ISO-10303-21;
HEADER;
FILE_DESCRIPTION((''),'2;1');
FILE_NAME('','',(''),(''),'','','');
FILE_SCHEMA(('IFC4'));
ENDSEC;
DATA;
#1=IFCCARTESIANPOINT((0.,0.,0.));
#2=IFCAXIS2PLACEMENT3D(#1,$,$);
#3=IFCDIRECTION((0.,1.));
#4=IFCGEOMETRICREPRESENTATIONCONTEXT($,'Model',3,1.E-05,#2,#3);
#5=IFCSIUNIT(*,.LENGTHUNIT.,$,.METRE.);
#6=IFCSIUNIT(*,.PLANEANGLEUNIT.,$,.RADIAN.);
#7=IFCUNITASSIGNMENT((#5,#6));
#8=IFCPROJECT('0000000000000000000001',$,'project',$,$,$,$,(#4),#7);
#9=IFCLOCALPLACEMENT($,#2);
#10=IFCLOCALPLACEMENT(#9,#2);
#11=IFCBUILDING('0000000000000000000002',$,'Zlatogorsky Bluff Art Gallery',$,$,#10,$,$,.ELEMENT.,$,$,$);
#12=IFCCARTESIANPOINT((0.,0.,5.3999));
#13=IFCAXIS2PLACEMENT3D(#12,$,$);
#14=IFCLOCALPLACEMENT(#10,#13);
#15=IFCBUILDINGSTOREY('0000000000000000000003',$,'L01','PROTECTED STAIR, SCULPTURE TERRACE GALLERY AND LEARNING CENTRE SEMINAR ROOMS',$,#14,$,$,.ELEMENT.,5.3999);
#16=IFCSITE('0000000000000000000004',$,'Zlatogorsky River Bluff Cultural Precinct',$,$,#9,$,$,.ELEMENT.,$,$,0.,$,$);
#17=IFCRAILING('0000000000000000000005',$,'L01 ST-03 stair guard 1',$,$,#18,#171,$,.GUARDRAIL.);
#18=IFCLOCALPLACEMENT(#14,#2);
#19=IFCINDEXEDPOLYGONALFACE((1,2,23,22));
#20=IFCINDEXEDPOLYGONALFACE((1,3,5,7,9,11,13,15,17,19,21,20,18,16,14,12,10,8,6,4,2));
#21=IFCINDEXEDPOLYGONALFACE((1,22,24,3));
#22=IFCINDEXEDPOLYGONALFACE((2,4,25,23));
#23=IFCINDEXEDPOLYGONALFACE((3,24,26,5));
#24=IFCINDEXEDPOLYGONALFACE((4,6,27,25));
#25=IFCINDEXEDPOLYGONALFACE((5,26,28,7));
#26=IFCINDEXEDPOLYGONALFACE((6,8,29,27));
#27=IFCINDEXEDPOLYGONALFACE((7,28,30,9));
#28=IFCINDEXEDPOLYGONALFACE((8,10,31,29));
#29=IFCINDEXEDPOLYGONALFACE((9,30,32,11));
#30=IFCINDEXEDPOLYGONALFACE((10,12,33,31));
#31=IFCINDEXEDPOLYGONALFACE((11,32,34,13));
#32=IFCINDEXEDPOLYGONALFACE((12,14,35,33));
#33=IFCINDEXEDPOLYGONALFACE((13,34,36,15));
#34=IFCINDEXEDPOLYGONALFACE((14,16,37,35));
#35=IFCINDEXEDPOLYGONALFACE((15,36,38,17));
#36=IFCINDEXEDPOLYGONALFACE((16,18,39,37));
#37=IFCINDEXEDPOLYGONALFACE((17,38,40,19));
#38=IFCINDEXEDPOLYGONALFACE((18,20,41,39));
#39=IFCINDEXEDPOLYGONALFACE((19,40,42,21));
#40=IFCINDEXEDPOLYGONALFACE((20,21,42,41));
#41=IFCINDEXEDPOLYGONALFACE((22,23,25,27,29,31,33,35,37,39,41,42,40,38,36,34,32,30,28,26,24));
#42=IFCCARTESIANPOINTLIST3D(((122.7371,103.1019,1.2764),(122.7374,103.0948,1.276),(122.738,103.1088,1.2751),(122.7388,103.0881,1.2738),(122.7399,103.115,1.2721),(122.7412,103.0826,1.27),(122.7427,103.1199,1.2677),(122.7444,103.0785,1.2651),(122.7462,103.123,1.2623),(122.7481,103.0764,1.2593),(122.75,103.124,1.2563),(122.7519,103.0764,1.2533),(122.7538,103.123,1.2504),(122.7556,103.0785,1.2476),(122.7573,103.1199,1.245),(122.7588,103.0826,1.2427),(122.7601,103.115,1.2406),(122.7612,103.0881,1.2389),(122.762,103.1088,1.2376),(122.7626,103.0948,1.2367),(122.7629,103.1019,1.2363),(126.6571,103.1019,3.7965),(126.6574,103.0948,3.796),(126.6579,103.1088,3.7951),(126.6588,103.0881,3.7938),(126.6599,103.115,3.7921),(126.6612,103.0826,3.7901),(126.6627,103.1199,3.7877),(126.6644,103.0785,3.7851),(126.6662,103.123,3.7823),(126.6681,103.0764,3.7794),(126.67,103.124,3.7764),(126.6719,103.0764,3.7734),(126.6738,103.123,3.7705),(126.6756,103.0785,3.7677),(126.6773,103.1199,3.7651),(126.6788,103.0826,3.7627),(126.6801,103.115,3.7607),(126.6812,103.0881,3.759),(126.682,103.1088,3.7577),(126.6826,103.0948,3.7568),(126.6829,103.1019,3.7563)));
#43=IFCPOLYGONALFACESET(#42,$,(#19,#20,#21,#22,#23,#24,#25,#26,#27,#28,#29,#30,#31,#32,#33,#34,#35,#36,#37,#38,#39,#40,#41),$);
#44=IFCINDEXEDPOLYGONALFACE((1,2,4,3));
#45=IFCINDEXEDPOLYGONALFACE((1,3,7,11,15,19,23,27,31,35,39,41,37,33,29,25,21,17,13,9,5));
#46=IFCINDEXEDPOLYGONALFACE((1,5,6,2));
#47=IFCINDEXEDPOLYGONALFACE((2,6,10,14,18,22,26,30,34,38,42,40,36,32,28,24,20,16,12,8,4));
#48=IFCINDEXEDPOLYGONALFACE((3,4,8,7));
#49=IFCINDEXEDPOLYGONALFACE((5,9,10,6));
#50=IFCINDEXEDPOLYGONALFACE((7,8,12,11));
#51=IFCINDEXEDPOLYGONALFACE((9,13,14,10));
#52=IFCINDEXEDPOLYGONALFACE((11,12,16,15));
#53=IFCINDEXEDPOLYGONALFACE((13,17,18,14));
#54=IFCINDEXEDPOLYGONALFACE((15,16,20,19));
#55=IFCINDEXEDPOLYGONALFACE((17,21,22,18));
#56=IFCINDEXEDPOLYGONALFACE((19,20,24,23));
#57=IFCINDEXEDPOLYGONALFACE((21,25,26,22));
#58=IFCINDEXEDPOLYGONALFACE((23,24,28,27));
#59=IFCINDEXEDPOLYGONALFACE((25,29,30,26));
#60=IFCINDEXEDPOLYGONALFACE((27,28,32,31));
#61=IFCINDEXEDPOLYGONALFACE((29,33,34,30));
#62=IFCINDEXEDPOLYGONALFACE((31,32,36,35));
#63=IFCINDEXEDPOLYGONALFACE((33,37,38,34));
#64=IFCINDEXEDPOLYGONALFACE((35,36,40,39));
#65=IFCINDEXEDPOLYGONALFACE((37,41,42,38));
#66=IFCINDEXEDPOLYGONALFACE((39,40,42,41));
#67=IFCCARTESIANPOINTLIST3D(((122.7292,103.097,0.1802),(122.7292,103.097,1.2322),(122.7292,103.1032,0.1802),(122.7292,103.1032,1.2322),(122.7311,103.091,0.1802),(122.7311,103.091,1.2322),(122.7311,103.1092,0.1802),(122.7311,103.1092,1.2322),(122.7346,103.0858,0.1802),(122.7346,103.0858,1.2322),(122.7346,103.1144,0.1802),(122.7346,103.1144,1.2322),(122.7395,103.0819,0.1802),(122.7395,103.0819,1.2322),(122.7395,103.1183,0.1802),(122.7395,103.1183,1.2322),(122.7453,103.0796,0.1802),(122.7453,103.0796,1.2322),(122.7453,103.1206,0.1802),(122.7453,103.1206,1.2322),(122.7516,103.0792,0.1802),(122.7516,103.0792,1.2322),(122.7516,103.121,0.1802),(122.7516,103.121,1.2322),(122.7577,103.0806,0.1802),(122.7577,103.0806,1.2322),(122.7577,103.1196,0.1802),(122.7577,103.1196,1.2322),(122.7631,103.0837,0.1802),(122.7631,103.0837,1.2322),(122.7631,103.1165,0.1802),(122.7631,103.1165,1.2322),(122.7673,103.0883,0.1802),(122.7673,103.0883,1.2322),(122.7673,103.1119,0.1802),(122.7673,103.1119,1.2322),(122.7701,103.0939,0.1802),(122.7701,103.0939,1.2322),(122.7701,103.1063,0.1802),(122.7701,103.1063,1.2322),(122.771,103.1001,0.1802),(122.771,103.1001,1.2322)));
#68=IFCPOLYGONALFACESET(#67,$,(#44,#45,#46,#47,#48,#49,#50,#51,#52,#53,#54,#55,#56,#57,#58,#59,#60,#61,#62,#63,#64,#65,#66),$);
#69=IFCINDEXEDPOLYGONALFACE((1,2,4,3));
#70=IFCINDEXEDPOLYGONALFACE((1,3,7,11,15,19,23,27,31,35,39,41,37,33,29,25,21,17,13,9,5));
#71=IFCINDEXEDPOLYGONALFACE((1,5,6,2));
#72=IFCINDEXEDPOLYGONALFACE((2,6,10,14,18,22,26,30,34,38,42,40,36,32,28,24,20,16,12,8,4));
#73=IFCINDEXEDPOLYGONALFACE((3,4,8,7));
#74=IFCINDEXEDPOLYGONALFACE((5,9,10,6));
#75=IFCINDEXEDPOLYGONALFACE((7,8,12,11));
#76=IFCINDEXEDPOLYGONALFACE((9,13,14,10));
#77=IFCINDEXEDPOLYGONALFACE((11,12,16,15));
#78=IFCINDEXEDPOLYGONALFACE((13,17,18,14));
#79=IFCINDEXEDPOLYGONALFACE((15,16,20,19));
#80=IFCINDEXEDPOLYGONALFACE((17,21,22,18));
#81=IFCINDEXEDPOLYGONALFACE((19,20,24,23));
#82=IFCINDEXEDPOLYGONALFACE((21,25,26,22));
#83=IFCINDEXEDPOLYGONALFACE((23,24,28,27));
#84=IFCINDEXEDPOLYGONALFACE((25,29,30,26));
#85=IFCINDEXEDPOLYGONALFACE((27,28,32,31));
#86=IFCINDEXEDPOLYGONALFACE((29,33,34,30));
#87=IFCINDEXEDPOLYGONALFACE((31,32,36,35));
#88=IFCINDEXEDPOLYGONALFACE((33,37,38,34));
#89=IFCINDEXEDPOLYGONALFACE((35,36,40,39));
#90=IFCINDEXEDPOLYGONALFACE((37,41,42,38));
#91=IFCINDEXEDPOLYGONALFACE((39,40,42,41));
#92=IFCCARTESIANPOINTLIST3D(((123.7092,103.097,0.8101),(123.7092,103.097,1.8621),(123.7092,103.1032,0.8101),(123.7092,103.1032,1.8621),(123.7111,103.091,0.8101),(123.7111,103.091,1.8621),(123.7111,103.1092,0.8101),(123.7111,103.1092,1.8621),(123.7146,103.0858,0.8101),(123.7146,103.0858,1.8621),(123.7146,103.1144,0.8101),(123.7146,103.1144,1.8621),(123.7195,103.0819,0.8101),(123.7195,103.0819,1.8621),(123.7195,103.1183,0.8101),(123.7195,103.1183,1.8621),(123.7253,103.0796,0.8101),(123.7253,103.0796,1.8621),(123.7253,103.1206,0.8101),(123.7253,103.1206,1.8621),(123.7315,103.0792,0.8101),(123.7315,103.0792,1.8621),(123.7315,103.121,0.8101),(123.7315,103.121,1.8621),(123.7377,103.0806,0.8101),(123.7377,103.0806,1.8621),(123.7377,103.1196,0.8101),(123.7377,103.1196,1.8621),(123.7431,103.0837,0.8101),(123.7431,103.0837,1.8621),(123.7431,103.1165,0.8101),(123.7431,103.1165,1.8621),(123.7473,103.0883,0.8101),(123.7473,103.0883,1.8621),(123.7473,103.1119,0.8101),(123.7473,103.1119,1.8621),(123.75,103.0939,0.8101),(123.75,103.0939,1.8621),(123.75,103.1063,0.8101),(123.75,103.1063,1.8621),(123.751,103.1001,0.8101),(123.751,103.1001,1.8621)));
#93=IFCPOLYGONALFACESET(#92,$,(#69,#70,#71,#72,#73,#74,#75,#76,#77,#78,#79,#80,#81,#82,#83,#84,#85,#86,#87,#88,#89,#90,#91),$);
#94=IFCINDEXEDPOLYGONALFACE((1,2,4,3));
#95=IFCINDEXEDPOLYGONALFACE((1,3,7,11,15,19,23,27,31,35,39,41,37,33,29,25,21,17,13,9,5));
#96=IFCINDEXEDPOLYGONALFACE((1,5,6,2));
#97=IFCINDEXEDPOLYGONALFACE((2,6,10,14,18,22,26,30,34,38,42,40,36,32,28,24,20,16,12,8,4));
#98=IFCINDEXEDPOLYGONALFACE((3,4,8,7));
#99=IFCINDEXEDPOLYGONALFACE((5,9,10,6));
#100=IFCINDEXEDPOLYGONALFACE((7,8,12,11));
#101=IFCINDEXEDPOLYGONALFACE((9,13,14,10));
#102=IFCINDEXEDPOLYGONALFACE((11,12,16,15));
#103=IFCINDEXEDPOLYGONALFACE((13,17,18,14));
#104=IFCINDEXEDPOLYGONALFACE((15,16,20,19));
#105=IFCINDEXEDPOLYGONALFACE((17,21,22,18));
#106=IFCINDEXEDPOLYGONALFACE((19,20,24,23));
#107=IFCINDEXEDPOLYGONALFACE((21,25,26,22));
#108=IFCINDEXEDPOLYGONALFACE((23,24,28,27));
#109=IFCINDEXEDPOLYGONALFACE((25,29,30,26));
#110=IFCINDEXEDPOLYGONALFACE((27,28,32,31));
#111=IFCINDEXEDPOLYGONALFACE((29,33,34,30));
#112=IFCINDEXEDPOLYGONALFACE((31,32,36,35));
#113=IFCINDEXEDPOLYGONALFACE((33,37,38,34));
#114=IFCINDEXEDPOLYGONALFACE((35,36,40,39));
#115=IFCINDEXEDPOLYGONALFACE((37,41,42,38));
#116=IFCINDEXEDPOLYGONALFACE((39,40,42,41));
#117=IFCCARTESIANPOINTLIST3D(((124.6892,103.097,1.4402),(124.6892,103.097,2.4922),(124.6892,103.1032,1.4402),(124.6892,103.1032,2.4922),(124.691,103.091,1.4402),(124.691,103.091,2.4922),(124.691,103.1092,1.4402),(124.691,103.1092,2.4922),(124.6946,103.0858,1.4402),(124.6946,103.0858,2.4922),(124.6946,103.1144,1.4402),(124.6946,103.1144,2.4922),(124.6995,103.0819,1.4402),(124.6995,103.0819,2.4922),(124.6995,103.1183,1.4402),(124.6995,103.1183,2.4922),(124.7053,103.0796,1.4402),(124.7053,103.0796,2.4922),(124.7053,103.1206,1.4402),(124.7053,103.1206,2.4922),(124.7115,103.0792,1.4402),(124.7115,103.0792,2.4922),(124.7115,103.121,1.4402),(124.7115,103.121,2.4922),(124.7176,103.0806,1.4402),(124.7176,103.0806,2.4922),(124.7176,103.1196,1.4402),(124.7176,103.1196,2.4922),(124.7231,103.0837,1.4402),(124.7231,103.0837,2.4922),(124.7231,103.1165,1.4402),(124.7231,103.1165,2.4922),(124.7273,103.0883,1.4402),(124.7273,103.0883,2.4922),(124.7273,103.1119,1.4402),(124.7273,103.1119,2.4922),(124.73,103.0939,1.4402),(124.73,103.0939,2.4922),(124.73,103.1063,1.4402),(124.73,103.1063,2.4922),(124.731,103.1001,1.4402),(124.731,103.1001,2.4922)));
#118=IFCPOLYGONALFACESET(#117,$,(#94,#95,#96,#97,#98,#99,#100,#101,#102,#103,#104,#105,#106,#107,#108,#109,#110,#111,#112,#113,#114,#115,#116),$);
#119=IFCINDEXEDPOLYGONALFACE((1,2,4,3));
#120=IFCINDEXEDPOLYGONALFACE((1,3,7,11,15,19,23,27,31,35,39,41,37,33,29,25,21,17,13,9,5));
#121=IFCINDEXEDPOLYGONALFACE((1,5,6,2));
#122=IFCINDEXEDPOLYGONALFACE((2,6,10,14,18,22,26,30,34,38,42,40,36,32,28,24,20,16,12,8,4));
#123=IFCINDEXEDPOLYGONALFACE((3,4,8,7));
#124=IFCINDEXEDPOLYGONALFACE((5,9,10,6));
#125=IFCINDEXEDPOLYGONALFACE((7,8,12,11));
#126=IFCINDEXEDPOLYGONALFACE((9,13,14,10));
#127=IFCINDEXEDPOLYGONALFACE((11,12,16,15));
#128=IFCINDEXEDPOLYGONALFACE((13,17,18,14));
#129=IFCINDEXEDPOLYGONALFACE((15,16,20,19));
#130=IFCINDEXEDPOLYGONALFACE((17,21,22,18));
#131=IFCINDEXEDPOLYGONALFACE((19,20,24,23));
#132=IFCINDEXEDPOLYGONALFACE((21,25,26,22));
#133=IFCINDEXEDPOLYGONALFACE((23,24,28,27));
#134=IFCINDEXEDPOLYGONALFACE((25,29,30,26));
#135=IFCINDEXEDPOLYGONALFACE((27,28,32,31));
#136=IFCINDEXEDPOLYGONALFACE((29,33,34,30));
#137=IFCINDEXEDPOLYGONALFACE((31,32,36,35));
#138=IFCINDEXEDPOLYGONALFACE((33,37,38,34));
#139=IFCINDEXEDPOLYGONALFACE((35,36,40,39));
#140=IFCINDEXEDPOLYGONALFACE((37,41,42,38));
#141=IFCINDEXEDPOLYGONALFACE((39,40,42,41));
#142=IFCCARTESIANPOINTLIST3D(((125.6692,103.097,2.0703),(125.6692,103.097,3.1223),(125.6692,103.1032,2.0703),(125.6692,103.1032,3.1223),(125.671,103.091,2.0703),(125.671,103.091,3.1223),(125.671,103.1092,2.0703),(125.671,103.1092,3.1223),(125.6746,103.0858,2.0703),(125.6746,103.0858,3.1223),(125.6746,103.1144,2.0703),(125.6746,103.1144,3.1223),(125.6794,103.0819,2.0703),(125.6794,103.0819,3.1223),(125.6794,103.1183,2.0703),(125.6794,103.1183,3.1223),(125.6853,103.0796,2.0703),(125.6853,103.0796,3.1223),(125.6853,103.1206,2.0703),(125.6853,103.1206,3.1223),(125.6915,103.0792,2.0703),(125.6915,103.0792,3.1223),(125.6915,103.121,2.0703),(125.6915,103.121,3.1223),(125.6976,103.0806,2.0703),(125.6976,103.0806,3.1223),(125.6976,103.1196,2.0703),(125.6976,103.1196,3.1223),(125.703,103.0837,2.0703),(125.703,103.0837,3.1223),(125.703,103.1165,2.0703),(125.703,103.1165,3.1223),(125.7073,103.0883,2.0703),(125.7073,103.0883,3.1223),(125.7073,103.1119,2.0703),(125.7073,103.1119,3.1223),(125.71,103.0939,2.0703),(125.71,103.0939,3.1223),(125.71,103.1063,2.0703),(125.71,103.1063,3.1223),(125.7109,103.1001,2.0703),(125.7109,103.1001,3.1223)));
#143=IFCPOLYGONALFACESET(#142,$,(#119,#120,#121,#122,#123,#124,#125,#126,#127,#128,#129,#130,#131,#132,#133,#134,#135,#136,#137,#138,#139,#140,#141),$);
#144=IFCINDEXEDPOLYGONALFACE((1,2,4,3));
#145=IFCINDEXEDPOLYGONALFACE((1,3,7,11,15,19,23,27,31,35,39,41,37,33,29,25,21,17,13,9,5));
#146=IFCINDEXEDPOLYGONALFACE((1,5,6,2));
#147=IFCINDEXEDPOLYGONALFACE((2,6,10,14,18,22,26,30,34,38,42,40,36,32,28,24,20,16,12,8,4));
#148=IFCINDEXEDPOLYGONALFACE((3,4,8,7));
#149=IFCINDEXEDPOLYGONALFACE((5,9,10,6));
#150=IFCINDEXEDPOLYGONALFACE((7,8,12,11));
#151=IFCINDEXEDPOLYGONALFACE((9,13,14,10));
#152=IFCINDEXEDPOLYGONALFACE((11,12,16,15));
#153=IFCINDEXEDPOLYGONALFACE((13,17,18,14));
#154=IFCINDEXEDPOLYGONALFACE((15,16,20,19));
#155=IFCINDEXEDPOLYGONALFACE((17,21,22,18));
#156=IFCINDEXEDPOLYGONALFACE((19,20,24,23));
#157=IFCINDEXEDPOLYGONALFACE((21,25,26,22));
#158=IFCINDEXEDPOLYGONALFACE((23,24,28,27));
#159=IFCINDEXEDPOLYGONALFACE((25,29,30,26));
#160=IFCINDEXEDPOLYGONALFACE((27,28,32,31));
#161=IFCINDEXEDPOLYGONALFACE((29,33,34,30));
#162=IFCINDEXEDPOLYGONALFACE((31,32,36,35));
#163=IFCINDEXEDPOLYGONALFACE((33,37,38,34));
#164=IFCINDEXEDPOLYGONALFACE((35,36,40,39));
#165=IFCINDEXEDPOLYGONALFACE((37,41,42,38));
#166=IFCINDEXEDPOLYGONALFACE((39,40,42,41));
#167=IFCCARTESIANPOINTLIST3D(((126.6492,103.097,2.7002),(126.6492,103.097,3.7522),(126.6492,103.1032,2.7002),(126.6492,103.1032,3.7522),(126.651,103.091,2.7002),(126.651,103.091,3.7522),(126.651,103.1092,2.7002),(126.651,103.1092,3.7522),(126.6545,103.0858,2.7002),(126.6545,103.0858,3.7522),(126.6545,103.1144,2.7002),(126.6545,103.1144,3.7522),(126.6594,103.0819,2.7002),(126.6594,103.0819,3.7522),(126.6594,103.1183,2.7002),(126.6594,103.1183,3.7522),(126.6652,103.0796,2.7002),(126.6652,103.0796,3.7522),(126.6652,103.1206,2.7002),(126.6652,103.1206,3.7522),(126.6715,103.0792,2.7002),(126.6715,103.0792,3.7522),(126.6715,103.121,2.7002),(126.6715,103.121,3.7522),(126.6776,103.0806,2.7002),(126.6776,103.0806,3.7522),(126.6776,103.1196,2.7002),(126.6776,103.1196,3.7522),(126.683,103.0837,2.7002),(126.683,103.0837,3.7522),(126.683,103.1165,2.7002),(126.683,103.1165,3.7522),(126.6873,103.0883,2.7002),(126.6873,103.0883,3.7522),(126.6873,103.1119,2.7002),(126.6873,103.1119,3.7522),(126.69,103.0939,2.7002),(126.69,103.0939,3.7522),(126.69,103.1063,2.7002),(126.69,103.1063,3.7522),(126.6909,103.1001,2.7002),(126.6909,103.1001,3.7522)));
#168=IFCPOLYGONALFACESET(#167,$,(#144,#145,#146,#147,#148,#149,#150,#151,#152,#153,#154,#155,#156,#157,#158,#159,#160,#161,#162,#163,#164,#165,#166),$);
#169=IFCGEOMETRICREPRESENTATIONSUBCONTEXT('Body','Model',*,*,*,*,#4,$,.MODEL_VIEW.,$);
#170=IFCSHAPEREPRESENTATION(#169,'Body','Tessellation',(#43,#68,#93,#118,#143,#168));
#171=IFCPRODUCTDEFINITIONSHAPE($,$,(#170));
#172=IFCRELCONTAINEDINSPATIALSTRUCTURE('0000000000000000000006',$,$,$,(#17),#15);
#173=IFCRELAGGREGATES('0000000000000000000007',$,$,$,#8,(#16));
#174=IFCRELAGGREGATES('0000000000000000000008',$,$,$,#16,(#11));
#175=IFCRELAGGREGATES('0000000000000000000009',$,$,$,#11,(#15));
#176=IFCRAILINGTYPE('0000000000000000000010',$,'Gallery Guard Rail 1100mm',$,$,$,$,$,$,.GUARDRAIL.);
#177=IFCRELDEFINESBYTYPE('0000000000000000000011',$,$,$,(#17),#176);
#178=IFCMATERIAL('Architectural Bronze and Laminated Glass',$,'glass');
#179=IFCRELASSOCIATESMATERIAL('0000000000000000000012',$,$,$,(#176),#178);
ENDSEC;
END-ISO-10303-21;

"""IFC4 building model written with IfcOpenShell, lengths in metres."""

from ifc_helpers import new_model, si_unit, direction, frame, origin, origin_2d, place, context, subcontext, project, spatial, circle, extrude, material, type_object, element, save


model = new_model("IFC4")

# Units and contexts
model_context = context("Model", 3, precision=1e-05, world=origin(), true_north=direction((0.0, 1.0)))
body_context = subcontext(model_context, "Body", "Model", "MODEL_VIEW")
ifc_project = project(units=[si_unit("LENGTHUNIT", "METRE"), si_unit("PLANEANGLEUNIT", "RADIAN")], contexts=[model_context])

# Site, building, storey
site_placement = place(None, origin())
site = spatial("IfcSite", under=ifc_project, at=site_placement, Name="Zlatogorsky River Bluff Cultural Precinct", CompositionType="ELEMENT", RefElevation=0.0)
building_placement = place(site_placement, origin())
building = spatial("IfcBuilding", under=site, at=building_placement, Name="Zlatogorsky Bluff Art Gallery", CompositionType="ELEMENT")
storey_placement = place(building_placement, frame((0.0, 0.0, 5.3999)))
storey = spatial("IfcBuildingStorey", under=building, at=storey_placement, Name="L01", Description="PROTECTED STAIR, SCULPTURE TERRACE GALLERY AND LEARNING CENTRE SEMINAR ROOMS", CompositionType="ELEMENT", Elevation=5.3999)

# Railing
ifc_material_1 = material(Name="Architectural Bronze and Laminated Glass", Category="glass")
railing_type_1 = type_object("IfcRailingType", Name="Gallery Guard Rail 1100mm", PredefinedType="GUARDRAIL", material=ifc_material_1)
railing_1_placement = place(storey_placement, frame((122.75, 103.1001, 0.1802)))
element("IfcRailing", 1, at=railing_1_placement, inside=storey, type_object=railing_type_1, Name="L01 ST-03 stair guard 1", PredefinedType="GUARDRAIL", context=body_context, shape_type="SweptSolid", body=[
    extrude(circle(Radius=0.0239, at=origin_2d()), frame((0.0, 0.0, 1.0762), z_axis=(0.841172, 0.0, 0.540768), x_axis=(0.0, 1.0, 0.0)), (0.0, 0.0, 1.0), 4.6602),
    extrude(circle(Radius=0.021, at=origin_2d()), origin(), (0.0, 0.0, 1.0), 1.052),
    extrude(circle(Radius=0.021, at=origin_2d()), frame((0.98, 0.0, 0.6299)), (0.0, 0.0, 1.0), 1.052),
    extrude(circle(Radius=0.021, at=origin_2d()), frame((1.96, 0.0, 1.26)), (0.0, 0.0, 1.0), 1.052),
    extrude(circle(Radius=0.021, at=origin_2d()), frame((2.9399, 0.0, 1.8901)), (0.0, 0.0, 1.0), 1.052),
    extrude(circle(Radius=0.021, at=origin_2d()), frame((3.9199, 0.0, 2.52)), (0.0, 0.0, 1.0), 1.052),
])

save(model, "model.ifc")
